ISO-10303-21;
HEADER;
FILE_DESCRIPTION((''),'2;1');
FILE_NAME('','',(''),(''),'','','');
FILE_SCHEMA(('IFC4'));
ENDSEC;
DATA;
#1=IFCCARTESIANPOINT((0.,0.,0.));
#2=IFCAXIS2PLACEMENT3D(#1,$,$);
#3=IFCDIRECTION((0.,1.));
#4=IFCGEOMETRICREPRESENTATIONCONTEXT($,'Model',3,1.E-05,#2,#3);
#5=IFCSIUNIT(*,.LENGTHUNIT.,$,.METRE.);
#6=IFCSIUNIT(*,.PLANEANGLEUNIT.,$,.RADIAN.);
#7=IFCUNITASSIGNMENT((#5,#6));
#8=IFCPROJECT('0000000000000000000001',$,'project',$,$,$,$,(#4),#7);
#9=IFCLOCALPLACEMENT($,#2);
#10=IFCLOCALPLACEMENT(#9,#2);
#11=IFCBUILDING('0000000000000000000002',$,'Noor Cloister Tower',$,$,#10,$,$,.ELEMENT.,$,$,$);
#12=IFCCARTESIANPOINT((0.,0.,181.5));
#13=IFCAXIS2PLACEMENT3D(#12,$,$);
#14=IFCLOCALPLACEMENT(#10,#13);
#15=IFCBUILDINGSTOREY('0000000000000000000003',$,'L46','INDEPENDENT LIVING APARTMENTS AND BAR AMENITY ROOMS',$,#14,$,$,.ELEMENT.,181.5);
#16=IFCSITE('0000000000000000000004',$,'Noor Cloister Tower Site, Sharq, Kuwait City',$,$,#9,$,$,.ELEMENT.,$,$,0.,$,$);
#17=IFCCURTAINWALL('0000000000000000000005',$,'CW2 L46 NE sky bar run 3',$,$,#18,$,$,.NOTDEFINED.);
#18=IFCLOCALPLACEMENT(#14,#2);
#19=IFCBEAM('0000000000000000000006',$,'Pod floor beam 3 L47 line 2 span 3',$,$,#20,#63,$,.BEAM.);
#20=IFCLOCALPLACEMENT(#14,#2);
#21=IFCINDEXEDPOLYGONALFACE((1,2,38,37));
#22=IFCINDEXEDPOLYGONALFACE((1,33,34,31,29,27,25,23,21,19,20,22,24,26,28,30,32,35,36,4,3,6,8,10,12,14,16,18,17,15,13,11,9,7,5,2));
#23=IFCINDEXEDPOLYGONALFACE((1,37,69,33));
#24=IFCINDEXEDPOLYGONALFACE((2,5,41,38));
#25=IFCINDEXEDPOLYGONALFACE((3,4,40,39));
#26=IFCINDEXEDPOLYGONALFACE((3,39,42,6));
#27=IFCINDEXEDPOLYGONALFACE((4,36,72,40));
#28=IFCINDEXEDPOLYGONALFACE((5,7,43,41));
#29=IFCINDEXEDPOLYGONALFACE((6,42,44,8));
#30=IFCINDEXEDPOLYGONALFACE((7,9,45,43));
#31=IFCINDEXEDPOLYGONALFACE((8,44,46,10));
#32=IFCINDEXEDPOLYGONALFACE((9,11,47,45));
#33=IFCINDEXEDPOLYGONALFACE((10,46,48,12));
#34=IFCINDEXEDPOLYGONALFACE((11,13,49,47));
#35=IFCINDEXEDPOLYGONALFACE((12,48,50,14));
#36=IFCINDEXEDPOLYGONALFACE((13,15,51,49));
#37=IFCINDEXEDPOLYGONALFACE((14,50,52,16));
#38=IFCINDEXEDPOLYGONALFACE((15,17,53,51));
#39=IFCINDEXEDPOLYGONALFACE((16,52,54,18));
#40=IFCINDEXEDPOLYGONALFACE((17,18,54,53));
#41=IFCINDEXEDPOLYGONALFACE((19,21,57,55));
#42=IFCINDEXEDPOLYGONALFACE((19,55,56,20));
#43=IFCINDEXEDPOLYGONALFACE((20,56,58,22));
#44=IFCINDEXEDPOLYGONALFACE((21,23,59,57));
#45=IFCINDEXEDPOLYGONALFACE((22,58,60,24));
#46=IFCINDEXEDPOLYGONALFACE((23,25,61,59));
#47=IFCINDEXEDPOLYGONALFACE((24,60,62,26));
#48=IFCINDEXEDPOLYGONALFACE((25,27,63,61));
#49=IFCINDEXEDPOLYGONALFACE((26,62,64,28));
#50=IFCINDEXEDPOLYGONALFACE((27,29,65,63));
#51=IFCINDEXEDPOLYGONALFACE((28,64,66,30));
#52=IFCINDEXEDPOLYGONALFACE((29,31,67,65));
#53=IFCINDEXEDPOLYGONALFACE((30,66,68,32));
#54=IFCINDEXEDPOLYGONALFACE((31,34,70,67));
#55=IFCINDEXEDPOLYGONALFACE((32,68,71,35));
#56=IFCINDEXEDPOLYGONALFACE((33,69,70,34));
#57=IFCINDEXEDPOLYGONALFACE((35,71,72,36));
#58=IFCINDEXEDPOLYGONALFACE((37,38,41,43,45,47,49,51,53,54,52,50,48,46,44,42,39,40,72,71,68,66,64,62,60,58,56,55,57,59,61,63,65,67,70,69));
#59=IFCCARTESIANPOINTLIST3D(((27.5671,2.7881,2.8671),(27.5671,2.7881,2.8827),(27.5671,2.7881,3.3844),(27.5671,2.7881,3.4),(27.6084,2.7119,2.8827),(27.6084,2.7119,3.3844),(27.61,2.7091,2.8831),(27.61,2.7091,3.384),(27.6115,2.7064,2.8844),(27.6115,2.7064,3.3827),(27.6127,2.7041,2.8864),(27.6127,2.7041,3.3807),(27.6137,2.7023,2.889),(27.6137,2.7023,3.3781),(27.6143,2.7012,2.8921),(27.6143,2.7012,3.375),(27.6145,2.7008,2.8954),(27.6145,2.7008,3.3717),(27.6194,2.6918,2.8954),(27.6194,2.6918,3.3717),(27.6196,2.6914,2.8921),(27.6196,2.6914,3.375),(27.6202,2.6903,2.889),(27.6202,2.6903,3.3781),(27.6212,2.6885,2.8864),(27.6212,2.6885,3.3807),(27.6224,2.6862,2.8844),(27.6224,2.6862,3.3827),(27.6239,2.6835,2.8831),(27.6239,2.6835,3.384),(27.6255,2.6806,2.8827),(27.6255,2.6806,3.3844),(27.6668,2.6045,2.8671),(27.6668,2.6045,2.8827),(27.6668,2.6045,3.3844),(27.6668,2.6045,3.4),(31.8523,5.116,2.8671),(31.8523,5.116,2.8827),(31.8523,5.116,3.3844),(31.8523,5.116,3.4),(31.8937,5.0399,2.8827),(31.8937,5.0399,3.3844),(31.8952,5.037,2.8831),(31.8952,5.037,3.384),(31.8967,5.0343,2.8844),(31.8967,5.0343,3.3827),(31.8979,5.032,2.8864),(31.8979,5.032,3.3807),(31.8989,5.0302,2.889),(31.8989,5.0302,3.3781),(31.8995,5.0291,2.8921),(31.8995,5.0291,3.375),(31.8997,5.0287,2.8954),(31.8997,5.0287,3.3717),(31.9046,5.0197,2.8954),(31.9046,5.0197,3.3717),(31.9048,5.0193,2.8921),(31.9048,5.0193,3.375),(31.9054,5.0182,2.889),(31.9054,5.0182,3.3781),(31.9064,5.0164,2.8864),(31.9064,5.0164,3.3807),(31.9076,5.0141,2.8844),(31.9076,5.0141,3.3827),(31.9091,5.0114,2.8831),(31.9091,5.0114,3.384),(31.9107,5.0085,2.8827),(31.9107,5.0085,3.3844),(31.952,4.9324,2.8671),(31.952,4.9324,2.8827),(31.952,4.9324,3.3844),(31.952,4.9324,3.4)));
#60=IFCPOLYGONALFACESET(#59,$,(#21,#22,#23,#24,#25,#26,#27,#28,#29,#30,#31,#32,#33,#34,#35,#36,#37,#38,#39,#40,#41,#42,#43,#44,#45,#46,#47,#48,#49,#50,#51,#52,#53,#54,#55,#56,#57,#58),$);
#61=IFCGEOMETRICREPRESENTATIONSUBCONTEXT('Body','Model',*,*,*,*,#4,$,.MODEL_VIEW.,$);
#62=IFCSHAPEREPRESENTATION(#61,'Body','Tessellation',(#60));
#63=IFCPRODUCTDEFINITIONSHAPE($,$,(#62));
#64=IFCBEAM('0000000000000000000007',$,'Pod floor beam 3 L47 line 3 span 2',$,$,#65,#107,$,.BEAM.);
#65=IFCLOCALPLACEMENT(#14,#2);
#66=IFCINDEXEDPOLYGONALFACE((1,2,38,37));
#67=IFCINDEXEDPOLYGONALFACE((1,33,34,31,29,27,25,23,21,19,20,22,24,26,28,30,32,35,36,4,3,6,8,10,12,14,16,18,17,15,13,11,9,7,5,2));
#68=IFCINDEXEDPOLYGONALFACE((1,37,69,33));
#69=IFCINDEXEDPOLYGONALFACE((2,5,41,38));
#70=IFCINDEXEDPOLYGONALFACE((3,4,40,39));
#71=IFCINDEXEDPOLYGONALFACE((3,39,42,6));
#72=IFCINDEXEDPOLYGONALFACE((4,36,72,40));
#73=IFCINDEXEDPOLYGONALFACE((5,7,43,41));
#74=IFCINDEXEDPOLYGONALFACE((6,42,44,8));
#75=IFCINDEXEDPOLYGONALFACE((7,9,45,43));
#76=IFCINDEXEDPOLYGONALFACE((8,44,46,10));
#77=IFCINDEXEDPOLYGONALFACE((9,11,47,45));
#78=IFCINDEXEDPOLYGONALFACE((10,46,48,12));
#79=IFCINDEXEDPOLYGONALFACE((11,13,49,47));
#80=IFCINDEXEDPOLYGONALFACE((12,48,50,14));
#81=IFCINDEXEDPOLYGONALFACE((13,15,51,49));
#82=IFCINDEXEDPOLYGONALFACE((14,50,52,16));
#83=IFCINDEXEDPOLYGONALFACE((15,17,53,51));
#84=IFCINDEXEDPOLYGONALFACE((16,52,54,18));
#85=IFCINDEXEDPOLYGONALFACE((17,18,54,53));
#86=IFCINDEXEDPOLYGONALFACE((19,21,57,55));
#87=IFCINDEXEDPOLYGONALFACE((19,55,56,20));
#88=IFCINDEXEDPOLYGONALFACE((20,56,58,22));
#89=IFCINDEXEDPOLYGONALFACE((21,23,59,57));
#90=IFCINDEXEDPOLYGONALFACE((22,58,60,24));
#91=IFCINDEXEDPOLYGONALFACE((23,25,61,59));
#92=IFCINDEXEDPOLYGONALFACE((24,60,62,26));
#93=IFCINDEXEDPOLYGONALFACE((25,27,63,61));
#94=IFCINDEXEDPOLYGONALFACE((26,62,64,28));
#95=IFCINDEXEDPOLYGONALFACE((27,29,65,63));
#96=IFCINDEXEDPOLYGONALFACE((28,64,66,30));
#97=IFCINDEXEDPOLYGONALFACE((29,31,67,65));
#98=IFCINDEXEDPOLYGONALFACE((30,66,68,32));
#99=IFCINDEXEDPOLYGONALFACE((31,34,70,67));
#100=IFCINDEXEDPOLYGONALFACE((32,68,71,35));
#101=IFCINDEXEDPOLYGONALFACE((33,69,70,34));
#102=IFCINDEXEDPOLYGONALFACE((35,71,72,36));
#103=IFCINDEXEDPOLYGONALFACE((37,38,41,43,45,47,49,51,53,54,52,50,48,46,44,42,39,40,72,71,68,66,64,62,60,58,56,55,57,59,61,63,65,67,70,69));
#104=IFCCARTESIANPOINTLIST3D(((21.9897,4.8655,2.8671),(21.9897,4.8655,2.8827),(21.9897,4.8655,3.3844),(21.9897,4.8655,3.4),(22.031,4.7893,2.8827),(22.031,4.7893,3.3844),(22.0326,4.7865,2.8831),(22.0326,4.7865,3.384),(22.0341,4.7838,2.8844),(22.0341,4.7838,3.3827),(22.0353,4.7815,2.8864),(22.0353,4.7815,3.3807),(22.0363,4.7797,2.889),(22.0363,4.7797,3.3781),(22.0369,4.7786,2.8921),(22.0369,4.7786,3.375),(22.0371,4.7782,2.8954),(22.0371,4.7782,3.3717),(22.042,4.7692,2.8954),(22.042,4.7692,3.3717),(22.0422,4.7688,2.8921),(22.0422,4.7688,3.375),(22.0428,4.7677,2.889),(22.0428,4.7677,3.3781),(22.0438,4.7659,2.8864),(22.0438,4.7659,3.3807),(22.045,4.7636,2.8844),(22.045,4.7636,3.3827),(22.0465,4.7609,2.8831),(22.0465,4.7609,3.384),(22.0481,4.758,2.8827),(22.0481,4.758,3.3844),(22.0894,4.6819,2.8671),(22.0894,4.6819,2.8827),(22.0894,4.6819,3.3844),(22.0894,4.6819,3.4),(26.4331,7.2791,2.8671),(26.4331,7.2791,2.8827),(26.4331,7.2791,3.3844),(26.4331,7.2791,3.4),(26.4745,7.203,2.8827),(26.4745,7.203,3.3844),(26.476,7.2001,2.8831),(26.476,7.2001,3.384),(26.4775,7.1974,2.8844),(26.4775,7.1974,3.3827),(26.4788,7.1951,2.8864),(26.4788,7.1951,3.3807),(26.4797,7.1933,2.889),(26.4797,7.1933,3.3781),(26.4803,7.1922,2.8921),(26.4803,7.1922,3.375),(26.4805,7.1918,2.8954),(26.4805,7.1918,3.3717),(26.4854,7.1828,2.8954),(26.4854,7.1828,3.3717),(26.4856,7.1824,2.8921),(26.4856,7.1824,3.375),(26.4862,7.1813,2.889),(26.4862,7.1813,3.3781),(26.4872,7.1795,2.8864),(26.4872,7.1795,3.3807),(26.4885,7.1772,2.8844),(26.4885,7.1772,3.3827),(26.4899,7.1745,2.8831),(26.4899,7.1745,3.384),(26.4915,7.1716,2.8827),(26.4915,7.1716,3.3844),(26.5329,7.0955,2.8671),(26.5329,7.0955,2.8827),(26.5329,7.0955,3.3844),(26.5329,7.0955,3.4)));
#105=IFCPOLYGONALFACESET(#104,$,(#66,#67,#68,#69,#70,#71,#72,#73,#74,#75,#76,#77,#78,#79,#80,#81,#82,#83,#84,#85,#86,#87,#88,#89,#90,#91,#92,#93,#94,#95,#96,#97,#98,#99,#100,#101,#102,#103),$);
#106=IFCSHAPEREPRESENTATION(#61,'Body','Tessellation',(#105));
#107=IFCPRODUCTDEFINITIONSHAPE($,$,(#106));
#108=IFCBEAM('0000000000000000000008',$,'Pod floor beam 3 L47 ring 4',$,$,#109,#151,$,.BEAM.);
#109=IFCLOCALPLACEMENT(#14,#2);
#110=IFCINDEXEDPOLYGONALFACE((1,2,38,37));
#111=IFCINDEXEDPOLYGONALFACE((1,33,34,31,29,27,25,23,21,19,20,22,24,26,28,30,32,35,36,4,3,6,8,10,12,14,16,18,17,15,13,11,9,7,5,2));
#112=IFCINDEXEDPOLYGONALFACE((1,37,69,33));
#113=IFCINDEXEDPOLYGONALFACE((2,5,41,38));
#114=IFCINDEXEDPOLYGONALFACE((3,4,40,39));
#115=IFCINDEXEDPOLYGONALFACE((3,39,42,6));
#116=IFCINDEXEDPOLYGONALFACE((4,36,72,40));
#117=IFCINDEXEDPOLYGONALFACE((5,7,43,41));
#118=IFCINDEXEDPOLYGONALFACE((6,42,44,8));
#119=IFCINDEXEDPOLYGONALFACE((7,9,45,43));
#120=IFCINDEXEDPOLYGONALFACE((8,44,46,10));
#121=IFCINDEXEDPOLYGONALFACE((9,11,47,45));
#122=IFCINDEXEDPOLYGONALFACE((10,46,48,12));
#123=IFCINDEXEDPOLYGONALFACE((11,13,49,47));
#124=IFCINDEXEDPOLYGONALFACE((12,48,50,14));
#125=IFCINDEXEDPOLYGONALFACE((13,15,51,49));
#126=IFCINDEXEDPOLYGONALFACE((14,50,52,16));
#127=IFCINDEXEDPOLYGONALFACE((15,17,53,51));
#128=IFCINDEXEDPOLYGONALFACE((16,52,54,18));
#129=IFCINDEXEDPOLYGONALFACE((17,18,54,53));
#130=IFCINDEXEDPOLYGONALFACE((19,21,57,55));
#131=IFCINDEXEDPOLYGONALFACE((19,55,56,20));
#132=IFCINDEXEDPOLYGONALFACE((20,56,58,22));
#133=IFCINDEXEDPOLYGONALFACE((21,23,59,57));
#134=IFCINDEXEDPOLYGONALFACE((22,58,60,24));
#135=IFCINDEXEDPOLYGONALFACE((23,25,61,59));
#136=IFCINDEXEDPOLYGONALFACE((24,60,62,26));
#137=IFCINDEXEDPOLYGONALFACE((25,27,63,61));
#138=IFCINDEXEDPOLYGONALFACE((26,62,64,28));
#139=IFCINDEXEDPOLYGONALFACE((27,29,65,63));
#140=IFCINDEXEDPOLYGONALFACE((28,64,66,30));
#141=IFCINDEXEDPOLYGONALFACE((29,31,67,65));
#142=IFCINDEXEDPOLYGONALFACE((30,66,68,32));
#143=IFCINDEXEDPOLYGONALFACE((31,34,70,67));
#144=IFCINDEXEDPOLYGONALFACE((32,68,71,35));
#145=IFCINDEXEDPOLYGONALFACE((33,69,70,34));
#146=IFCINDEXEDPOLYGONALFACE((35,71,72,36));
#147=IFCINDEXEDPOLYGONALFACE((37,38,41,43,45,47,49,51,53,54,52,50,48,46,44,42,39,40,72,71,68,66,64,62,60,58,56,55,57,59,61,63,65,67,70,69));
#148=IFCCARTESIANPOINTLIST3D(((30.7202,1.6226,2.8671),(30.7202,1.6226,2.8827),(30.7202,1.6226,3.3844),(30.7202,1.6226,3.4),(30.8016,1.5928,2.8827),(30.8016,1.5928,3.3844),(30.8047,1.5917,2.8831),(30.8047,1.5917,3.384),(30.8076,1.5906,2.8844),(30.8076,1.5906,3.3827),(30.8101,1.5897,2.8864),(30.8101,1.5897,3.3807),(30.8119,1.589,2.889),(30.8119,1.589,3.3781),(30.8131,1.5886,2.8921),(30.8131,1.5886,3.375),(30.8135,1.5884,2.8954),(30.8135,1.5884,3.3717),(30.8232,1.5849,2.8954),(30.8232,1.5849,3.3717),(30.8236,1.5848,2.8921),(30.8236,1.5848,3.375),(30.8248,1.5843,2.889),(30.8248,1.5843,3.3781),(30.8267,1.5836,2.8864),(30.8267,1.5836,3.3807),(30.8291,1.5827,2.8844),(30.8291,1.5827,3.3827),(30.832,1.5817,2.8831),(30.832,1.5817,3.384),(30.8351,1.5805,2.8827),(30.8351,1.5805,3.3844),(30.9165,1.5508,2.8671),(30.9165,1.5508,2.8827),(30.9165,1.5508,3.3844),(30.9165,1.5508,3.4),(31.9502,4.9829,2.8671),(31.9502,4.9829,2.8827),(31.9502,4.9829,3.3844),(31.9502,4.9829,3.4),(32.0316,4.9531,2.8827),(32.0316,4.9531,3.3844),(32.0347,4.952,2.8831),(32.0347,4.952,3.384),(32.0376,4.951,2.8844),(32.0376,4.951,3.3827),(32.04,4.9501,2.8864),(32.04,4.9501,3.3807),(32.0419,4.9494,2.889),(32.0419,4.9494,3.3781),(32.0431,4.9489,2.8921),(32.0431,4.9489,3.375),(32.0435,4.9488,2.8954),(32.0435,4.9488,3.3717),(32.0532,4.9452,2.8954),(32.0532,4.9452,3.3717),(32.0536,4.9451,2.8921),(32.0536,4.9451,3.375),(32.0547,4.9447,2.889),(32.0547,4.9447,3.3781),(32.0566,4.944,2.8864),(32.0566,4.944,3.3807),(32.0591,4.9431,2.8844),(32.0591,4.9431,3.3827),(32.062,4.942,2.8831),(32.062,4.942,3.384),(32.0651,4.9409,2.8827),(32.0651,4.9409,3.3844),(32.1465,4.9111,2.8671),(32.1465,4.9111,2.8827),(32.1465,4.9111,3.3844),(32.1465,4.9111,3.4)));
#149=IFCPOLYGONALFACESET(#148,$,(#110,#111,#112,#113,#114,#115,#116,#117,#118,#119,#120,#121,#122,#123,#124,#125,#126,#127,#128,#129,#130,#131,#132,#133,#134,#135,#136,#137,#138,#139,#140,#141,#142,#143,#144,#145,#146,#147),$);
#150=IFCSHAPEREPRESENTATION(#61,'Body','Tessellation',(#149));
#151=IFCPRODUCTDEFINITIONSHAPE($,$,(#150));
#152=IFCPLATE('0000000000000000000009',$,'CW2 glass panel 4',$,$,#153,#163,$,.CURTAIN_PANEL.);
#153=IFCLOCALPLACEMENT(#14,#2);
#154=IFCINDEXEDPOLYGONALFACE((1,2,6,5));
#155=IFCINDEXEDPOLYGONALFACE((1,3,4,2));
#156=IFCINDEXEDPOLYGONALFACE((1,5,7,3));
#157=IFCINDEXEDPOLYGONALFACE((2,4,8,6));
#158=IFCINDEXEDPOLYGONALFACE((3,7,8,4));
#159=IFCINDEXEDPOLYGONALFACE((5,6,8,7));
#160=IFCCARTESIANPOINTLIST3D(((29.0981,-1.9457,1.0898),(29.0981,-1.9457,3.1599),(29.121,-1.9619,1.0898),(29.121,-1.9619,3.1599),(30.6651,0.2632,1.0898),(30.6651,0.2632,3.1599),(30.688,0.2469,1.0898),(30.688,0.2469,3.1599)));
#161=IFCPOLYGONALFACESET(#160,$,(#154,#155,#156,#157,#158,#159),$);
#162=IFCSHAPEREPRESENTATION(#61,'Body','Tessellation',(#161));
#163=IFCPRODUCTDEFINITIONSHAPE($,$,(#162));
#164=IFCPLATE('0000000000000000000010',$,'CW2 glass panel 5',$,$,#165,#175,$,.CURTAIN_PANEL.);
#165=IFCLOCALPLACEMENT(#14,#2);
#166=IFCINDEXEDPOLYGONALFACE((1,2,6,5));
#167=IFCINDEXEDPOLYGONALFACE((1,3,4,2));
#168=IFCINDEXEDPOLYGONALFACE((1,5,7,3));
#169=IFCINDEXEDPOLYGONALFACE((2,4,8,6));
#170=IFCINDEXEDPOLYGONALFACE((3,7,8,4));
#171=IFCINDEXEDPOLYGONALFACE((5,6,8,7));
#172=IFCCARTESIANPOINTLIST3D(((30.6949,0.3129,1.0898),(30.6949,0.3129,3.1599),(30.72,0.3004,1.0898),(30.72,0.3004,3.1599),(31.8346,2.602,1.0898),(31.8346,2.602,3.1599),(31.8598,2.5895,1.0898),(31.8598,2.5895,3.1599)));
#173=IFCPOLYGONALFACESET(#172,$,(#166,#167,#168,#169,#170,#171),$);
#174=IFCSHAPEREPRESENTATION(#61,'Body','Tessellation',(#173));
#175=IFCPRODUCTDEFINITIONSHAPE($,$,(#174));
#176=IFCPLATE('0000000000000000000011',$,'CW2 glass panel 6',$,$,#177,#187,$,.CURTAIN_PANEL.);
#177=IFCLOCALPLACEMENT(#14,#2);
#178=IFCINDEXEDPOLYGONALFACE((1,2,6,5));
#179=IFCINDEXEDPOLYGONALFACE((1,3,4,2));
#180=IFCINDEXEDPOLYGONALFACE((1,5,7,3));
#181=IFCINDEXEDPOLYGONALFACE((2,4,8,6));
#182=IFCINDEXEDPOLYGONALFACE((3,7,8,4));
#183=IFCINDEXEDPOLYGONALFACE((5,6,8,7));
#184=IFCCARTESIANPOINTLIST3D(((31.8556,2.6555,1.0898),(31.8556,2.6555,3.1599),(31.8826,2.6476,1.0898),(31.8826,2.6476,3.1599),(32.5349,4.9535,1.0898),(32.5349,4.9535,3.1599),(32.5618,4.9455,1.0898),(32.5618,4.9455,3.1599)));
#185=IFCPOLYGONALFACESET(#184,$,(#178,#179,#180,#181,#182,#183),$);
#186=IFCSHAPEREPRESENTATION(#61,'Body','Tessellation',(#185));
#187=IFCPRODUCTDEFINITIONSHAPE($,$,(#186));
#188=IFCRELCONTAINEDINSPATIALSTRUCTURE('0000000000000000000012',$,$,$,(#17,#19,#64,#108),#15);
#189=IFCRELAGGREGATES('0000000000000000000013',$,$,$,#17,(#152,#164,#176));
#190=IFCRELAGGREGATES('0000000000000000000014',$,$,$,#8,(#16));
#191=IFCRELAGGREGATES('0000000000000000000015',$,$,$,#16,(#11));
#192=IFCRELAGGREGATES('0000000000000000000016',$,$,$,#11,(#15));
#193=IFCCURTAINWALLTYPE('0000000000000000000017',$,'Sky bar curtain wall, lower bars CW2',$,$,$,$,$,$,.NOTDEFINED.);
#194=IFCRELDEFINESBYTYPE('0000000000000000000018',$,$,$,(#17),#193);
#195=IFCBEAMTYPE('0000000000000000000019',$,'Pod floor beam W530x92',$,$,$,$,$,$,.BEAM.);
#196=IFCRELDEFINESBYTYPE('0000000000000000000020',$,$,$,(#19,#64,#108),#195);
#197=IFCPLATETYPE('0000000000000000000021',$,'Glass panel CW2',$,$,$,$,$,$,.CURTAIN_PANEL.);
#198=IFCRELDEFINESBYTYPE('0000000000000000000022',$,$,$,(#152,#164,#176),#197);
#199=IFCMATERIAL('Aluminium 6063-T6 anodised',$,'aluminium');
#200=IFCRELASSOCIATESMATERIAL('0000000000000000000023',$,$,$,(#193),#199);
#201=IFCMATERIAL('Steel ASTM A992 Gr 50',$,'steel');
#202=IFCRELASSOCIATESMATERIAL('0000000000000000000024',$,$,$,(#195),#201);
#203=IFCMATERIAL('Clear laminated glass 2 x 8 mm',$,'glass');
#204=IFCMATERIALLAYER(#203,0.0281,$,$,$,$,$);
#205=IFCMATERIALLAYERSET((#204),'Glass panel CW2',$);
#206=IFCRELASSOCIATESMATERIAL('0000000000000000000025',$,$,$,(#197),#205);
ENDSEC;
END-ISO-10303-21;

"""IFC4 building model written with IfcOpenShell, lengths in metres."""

from ifc_helpers import new_model, si_unit, direction, frame, origin, origin_2d, place, context, subcontext, project, spatial, rectangle, i_section, extrude, material, layer, layer_set, material_profile, profile_set, type_object, element, aggregate, save


model = new_model("IFC4")

# Units and contexts
model_context = context("Model", 3, precision=1e-05, world=origin(), true_north=direction((0.0, 1.0)))
body_context = subcontext(model_context, "Body", "Model", "MODEL_VIEW")
ifc_project = project(units=[si_unit("LENGTHUNIT", "METRE"), si_unit("PLANEANGLEUNIT", "RADIAN")], contexts=[model_context])

# Site, building, storey
site_placement = place(None, origin())
site = spatial("IfcSite", under=ifc_project, at=site_placement, Name="Noor Cloister Tower Site, Sharq, Kuwait City", CompositionType="ELEMENT", RefElevation=0.0)
building_placement = place(site_placement, origin())
building = spatial("IfcBuilding", under=site, at=building_placement, Name="Noor Cloister Tower", CompositionType="ELEMENT")
storey_placement = place(building_placement, frame((0.0, 0.0, 181.5)))
storey = spatial("IfcBuildingStorey", under=building, at=storey_placement, Name="L46", Description="INDEPENDENT LIVING APARTMENTS AND BAR AMENITY ROOMS", CompositionType="ELEMENT", Elevation=181.5)

# Curtain wall
ifc_material_1 = material(Name="Aluminium 6063-T6 anodised", Category="aluminium")
curtain_wall_type = type_object("IfcCurtainWallType", Name="Sky bar curtain wall, lower bars CW2", PredefinedType="NOTDEFINED", material=ifc_material_1)
curtain_wall_placement = place(storey_placement, origin())
curtain_wall = element("IfcCurtainWall", 1, at=curtain_wall_placement, inside=storey, type_object=curtain_wall_type, Name="CW2 L46 NE sky bar run 3", PredefinedType="NOTDEFINED")

# Beams
ifc_material_2 = material(Name="Steel ASTM A992 Gr 50", Category="steel")
ifc_material_profile_1 = material_profile(ifc_material_2, i_section(OverallWidth=0.209, OverallDepth=0.533, WebThickness=0.0103, FlangeThickness=0.0156, FilletRadius=0.0127, at=origin_2d()), Name="W530x92")
ifc_profile_set_1 = profile_set([ifc_material_profile_1], Name="Steel ASTM A992 Gr 50")
beam_type = type_object("IfcBeamType", Name="Pod floor beam W530x92", PredefinedType="BEAM", material=ifc_profile_set_1)
beam_1_placement = place(storey_placement, frame((27.6169, 2.6963, 3.1335), z_axis=(0.878711, 0.477354, 0.0), x_axis=(-0.477354, 0.878711, 0.0)))
element("IfcBeam", 2, at=beam_1_placement, inside=storey, type_object=beam_type, Name="Pod floor beam 3 L47 line 2 span 3", PredefinedType="BEAM", context=body_context, shape_type="SweptSolid", body=[
    extrude(i_section(OverallWidth=0.209, OverallDepth=0.533, WebThickness=0.0103, FlangeThickness=0.0156, FilletRadius=0.0127, at=origin_2d()), origin(), (0.0, 0.0, 1.0), 4.8767),
])
beam_2_placement = place(storey_placement, frame((22.0396, 4.7737, 3.1335), z_axis=(0.878732, 0.477316, 0.0), x_axis=(-0.477316, 0.878732, 0.0)))
element("IfcBeam", 3, at=beam_2_placement, inside=storey, type_object=beam_type, Name="Pod floor beam 3 L47 line 3 span 2", PredefinedType="BEAM", context=body_context, shape_type="SweptSolid", body=[
    extrude(i_section(OverallWidth=0.209, OverallDepth=0.533, WebThickness=0.0103, FlangeThickness=0.0156, FilletRadius=0.0127, at=origin_2d()), origin(), (0.0, 0.0, 1.0), 5.0566),
])
beam_3_placement = place(storey_placement, frame((30.8184, 1.5867, 3.1335), z_axis=(0.343725, 0.93907, 0.0), x_axis=(-0.93907, 0.343725, 0.0)))
element("IfcBeam", 4, at=beam_3_placement, inside=storey, type_object=beam_type, Name="Pod floor beam 3 L47 ring 4", PredefinedType="BEAM", context=body_context, shape_type="SweptSolid", body=[
    extrude(i_section(OverallWidth=0.209, OverallDepth=0.533, WebThickness=0.0103, FlangeThickness=0.0156, FilletRadius=0.0127, at=origin_2d()), origin(), (0.0, 0.0, 1.0), 3.5784),
])

# Plates
ifc_material_3 = material(Name="Clear laminated glass 2 x 8 mm", Category="glass")
ifc_layer_1 = layer(ifc_material_3, 0.0281)
ifc_layer_set_1 = layer_set([ifc_layer_1], Name="Glass panel CW2")
plate_type = type_object("IfcPlateType", Name="Glass panel CW2", PredefinedType="CURTAIN_PANEL", material=ifc_layer_set_1)
plate_1_placement = place(storey_placement, frame((29.8931, -0.8494, 1.0898), z_axis=(0.0, 0.0, 1.0), x_axis=(0.578621, 0.815597, 0.0)))
plate_1 = element("IfcPlate", 5, at=plate_1_placement, type_object=plate_type, Name="CW2 glass panel 4", PredefinedType="CURTAIN_PANEL", context=body_context, shape_type="SweptSolid", body=[
    extrude(rectangle(XDim=2.7083, YDim=0.0281, at=origin_2d()), origin(), (0.0, 0.0, 1.0), 2.0701),
])
plate_2_placement = place(storey_placement, frame((31.2773, 1.4512, 1.0898), z_axis=(0.0, 0.0, 1.0), x_axis=(0.445709, 0.895178, 0.0)))
plate_2 = element("IfcPlate", 6, at=plate_2_placement, type_object=plate_type, Name="CW2 glass panel 5", PredefinedType="CURTAIN_PANEL", context=body_context, shape_type="SweptSolid", body=[
    extrude(rectangle(XDim=2.5571, YDim=0.0281, at=origin_2d()), origin(), (0.0, 0.0, 1.0), 2.0701),
])
plate_3_placement = place(storey_placement, frame((32.2087, 3.8005, 1.0898), z_axis=(0.0, 0.0, 1.0), x_axis=(0.283471, 0.958981, 0.0)))
plate_3 = element("IfcPlate", 7, at=plate_3_placement, type_object=plate_type, Name="CW2 glass panel 6", PredefinedType="CURTAIN_PANEL", context=body_context, shape_type="SweptSolid", body=[
    extrude(rectangle(XDim=2.3962, YDim=0.0281, at=origin_2d()), origin(), (0.0, 0.0, 1.0), 2.0701),
])
aggregate(curtain_wall, [plate_1, plate_2, plate_3])

save(model, "model.ifc")
